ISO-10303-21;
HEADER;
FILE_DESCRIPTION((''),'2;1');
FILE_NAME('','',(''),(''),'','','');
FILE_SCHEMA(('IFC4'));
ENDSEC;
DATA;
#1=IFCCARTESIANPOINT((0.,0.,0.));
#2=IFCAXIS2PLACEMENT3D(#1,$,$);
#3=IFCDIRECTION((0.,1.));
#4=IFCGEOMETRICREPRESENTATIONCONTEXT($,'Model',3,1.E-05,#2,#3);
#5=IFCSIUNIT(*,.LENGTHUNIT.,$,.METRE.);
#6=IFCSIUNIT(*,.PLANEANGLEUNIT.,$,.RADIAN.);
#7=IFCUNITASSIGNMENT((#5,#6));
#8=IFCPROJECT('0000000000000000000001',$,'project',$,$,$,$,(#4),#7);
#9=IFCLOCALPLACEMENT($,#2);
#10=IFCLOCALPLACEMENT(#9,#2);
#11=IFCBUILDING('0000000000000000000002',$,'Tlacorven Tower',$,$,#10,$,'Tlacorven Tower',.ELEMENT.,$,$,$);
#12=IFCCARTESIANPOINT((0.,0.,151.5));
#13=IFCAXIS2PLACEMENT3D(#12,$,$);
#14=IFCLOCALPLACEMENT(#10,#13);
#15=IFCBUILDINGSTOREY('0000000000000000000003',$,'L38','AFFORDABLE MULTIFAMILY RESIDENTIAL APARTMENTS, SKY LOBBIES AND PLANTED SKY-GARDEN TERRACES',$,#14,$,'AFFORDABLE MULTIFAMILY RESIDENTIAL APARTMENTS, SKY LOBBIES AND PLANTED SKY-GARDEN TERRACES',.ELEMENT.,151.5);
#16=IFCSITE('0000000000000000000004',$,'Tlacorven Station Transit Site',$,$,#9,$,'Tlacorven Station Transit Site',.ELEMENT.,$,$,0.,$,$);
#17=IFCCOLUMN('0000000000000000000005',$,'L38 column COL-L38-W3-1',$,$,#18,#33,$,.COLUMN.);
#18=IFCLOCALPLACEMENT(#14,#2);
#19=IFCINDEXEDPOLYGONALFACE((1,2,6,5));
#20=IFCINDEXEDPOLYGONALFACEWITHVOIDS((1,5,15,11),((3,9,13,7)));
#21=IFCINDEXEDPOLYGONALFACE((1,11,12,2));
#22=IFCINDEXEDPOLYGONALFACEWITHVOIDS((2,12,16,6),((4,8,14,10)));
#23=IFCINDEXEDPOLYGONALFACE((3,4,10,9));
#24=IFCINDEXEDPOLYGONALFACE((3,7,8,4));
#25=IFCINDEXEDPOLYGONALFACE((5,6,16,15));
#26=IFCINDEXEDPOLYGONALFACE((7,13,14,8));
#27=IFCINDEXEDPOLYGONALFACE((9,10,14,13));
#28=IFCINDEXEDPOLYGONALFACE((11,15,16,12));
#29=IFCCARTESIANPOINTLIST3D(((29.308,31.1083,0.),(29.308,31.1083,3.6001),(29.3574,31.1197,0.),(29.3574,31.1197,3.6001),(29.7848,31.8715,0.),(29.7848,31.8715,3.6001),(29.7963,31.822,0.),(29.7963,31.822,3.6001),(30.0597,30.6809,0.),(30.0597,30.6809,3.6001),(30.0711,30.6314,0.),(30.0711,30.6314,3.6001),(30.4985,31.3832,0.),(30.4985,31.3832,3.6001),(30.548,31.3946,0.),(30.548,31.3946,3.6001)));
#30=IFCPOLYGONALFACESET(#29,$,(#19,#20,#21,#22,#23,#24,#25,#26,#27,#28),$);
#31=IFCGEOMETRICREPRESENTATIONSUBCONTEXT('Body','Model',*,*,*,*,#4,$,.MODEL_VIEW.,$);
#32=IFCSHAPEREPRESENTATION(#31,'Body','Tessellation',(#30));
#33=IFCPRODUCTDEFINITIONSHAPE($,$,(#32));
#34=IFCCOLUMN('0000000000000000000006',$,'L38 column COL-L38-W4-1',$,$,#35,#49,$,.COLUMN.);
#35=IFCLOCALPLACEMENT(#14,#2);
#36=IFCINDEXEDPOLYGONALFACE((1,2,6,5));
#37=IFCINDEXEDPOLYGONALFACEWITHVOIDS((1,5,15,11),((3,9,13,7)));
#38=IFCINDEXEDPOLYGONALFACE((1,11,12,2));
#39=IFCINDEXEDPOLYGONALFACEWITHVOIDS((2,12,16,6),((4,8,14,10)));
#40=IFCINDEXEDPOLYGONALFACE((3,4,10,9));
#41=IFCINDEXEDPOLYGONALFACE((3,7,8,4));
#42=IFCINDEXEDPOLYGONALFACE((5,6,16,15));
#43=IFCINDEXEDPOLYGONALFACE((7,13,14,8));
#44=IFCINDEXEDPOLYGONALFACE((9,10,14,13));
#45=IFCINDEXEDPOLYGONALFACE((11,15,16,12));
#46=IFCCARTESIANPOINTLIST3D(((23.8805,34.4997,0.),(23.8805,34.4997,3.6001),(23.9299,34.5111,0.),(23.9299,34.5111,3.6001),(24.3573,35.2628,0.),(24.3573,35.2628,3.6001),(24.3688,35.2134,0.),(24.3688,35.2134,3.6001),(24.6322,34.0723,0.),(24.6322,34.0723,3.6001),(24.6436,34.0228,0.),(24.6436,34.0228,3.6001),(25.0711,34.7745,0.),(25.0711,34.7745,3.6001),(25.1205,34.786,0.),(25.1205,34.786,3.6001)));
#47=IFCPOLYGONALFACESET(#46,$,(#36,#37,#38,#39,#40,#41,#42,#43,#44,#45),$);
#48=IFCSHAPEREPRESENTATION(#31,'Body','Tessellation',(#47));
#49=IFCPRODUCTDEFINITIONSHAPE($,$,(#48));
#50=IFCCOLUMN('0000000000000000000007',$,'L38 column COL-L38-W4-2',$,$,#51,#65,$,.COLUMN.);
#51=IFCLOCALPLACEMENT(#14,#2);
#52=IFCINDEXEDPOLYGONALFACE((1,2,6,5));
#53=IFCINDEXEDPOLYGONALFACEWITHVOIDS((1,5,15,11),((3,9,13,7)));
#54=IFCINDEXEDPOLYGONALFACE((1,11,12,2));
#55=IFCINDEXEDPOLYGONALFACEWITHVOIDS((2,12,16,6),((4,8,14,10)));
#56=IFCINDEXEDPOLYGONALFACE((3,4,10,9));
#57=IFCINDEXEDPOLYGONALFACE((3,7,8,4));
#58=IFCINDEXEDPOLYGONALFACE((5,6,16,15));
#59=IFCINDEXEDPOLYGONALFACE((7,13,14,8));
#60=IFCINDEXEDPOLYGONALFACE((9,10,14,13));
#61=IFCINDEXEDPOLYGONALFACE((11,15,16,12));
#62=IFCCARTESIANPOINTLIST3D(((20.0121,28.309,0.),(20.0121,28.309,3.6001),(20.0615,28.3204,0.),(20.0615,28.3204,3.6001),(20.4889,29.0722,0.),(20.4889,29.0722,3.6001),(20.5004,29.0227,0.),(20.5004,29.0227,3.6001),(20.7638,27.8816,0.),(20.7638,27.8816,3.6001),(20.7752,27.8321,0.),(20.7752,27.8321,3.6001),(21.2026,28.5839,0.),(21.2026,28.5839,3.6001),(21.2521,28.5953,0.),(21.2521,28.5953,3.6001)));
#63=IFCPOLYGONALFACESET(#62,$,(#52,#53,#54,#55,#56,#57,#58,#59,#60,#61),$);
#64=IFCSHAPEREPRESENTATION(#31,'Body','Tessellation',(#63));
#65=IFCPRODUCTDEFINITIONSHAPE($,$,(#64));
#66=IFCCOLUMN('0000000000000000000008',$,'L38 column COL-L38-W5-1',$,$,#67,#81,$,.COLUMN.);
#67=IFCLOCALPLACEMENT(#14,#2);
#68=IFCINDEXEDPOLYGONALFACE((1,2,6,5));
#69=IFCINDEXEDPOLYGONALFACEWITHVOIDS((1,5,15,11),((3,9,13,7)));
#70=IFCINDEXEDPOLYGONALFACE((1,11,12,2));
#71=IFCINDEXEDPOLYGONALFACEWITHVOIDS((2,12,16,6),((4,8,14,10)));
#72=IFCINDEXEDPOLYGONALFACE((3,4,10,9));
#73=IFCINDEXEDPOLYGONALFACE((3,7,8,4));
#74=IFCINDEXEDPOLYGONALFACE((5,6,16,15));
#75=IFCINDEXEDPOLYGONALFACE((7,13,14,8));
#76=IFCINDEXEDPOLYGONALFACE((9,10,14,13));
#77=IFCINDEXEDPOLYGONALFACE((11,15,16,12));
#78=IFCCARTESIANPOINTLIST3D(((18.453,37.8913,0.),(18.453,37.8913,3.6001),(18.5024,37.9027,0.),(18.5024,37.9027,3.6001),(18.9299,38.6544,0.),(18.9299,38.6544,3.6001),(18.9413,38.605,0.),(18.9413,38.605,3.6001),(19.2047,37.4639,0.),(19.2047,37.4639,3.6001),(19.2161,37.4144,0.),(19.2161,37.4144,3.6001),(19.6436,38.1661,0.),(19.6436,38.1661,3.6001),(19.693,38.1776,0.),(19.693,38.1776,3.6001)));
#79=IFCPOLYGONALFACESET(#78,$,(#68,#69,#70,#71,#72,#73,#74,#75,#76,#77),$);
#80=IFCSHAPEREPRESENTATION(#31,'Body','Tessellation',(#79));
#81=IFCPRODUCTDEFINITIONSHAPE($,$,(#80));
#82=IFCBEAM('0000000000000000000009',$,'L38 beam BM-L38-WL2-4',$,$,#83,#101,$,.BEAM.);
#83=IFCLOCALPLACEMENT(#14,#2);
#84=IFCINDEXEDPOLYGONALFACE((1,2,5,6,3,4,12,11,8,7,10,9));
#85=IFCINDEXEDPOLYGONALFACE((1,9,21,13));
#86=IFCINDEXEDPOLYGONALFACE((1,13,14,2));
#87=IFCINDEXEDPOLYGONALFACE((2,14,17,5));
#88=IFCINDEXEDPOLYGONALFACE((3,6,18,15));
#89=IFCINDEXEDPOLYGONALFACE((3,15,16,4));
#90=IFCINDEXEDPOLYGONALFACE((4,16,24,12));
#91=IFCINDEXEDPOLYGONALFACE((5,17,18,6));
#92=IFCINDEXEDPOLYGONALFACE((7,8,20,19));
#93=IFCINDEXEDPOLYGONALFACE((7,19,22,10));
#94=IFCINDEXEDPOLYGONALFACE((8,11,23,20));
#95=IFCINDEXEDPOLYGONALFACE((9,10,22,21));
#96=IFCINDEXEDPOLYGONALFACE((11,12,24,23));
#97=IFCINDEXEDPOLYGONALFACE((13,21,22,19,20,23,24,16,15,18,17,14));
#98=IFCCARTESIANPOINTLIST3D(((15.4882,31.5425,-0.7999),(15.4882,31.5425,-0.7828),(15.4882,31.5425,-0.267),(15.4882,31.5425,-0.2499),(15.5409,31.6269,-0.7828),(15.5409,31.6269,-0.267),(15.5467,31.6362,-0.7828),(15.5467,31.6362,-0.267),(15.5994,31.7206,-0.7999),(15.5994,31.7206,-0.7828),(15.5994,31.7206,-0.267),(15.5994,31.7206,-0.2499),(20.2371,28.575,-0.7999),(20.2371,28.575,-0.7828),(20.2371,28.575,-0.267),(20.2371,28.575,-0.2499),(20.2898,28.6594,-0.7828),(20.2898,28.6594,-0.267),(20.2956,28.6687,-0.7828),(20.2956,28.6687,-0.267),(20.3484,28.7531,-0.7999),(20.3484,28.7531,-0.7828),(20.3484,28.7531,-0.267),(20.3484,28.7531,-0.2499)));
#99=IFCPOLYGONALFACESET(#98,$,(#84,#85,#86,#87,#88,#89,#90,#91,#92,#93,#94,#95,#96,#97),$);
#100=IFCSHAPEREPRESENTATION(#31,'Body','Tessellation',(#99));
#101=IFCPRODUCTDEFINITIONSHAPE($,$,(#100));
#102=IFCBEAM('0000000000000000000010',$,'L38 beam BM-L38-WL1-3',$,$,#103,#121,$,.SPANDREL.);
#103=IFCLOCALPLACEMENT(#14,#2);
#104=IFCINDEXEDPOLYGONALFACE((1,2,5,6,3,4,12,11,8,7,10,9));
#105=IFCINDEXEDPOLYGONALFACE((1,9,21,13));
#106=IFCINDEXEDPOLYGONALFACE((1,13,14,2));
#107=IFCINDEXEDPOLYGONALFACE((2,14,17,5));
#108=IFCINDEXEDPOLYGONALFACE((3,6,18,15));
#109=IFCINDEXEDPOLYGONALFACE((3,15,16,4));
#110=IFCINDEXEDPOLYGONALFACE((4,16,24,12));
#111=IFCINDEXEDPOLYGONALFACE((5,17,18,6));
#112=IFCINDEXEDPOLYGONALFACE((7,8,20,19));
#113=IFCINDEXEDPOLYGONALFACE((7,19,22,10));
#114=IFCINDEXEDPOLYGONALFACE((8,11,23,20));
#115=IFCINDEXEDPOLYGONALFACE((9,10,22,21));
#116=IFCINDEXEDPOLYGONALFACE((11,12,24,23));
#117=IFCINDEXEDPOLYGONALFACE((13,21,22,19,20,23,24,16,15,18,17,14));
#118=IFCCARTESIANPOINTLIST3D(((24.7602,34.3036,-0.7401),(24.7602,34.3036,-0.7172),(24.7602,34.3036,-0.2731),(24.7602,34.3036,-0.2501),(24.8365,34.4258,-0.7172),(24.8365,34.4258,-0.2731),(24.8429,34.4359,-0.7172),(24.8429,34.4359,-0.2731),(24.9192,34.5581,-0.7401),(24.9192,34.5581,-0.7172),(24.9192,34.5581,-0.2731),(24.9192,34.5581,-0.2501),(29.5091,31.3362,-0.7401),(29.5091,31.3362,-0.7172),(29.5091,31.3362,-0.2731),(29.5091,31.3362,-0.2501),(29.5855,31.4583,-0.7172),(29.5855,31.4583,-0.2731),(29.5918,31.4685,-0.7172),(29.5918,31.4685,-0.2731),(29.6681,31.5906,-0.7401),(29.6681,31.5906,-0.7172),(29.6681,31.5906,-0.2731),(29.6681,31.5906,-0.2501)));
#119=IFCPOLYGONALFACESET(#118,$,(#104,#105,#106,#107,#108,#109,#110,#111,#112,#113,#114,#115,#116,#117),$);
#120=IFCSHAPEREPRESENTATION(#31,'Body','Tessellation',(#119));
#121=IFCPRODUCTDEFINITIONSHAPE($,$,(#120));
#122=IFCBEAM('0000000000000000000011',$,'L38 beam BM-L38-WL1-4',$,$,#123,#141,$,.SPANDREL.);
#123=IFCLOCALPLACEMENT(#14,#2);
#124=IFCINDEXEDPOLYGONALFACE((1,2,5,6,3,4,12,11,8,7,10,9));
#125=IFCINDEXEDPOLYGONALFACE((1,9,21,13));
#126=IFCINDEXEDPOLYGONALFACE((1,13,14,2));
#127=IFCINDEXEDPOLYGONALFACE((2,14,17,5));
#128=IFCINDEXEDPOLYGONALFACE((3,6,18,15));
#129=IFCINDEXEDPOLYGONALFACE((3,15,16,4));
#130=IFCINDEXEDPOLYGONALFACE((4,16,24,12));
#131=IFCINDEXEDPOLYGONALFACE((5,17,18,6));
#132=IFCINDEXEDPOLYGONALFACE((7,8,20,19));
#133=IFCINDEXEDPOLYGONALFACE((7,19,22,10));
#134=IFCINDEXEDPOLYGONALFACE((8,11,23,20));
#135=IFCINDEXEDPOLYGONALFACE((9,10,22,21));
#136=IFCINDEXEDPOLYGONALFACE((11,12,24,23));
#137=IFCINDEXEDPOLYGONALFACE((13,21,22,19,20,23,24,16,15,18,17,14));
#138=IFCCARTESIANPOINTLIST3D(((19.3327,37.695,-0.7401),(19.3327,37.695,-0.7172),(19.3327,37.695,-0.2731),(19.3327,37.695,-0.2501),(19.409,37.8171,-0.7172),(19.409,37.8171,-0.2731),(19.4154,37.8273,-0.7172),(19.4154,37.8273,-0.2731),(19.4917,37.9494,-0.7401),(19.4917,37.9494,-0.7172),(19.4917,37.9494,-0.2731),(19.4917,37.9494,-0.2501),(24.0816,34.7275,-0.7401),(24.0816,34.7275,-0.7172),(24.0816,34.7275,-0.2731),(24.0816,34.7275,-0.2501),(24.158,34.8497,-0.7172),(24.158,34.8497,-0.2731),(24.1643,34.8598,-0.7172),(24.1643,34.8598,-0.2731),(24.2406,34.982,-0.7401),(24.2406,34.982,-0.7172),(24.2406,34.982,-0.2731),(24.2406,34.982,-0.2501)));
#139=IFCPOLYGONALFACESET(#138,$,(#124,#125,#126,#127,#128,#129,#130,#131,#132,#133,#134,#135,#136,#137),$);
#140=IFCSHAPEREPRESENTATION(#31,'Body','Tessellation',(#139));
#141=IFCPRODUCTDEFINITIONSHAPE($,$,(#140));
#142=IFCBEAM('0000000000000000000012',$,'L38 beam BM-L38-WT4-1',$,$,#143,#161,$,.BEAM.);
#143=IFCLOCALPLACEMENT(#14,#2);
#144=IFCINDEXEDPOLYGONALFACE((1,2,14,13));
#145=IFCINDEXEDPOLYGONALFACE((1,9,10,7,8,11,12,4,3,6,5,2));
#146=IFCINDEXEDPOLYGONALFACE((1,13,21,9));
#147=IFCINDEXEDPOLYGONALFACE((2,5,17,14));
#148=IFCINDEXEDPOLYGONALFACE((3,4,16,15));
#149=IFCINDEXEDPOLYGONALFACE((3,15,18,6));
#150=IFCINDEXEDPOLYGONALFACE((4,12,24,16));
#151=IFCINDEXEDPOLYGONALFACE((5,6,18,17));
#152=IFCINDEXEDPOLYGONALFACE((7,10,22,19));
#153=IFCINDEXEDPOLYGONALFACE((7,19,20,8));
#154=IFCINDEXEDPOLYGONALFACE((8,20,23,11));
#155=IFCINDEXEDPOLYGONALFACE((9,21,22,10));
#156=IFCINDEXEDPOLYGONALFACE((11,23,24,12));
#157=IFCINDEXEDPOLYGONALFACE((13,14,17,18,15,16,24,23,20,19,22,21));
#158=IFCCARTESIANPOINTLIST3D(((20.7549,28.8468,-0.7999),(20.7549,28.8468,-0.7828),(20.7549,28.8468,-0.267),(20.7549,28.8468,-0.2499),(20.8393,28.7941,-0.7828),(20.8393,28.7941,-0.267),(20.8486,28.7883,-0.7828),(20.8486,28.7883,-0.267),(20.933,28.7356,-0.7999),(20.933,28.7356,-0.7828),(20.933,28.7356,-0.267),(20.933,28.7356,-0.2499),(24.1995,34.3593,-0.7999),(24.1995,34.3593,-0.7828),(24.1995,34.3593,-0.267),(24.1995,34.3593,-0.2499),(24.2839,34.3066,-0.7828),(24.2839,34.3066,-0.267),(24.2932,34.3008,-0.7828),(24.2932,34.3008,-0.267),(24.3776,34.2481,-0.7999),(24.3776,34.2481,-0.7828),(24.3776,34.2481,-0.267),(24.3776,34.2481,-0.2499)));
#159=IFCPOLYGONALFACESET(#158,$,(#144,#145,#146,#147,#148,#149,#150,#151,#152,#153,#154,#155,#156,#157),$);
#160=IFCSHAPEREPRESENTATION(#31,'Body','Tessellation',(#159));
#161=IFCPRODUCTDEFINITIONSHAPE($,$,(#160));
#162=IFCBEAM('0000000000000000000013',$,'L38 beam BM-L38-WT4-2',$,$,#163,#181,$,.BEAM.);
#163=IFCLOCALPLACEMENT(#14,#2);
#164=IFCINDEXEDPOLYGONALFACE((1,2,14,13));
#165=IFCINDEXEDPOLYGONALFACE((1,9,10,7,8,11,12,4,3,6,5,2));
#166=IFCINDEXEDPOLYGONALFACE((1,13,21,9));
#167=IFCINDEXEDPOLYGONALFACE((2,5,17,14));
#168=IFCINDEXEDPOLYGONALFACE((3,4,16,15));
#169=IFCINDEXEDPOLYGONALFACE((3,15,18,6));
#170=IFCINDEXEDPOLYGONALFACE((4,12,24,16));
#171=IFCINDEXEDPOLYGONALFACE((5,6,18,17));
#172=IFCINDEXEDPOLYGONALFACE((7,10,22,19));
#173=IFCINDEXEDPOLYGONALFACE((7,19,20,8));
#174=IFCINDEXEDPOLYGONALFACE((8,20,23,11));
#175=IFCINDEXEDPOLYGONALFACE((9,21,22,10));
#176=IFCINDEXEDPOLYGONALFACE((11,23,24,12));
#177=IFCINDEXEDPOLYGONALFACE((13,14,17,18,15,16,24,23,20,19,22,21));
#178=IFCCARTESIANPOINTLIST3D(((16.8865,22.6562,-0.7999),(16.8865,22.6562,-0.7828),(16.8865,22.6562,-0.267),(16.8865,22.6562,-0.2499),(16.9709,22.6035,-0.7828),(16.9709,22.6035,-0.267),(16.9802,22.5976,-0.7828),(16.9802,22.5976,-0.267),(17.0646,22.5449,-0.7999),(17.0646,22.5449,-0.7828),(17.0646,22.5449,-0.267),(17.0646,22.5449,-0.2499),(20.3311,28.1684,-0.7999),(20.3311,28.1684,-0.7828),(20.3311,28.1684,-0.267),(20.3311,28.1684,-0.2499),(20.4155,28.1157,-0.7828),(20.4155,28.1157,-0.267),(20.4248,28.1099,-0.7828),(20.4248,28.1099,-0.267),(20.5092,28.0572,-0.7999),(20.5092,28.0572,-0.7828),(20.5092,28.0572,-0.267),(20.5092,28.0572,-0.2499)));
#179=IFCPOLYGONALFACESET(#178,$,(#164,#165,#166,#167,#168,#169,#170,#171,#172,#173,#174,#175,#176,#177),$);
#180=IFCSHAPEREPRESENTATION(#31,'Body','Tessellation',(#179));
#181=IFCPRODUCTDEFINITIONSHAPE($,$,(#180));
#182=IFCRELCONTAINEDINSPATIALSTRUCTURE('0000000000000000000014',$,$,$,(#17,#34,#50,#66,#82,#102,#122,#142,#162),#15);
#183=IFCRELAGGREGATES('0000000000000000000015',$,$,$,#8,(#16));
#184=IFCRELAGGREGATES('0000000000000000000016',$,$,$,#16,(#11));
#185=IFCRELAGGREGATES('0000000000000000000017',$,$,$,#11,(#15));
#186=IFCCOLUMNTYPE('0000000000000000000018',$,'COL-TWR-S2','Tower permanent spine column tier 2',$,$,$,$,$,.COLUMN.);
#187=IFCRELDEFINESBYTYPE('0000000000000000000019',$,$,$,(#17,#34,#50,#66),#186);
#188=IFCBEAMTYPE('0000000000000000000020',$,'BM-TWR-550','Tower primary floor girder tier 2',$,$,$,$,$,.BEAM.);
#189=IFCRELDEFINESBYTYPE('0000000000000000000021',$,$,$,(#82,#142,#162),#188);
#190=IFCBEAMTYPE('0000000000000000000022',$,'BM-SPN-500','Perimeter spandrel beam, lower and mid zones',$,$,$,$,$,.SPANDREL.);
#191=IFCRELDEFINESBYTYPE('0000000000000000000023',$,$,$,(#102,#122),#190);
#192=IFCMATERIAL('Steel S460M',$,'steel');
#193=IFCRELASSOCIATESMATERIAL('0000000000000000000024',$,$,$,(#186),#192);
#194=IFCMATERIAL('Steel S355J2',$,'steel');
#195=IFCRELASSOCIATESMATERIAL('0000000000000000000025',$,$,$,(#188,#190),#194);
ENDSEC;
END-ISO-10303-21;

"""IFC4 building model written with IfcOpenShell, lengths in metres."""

from ifc_helpers import new_model, si_unit, direction, frame, origin, origin_2d, place, context, subcontext, project, spatial, hollow_rectangle, i_section, extrude, source, transform, mapped, material, material_profile, profile_set, type_object, element, save


model = new_model("IFC4")

# Units and contexts
model_context = context("Model", 3, precision=1e-05, world=origin(), true_north=direction((0.0, 1.0)))
body_context = subcontext(model_context, "Body", "Model", "MODEL_VIEW")
ifc_project = project(units=[si_unit("LENGTHUNIT", "METRE"), si_unit("PLANEANGLEUNIT", "RADIAN")], contexts=[model_context])

# Site, building, storey
site_placement = place(None, origin())
site = spatial("IfcSite", under=ifc_project, at=site_placement, Name="Tlacorven Station Transit Site", LongName="Tlacorven Station Transit Site", CompositionType="ELEMENT", RefElevation=0.0)
building_placement = place(site_placement, origin())
building = spatial("IfcBuilding", under=site, at=building_placement, Name="Tlacorven Tower", LongName="Tlacorven Tower", CompositionType="ELEMENT")
storey_placement = place(building_placement, frame((0.0, 0.0, 151.5)))
storey = spatial("IfcBuildingStorey", under=building, at=storey_placement, Name="L38", Description="AFFORDABLE MULTIFAMILY RESIDENTIAL APARTMENTS, SKY LOBBIES AND PLANTED SKY-GARDEN TERRACES", LongName="AFFORDABLE MULTIFAMILY RESIDENTIAL APARTMENTS, SKY LOBBIES AND PLANTED SKY-GARDEN TERRACES", CompositionType="ELEMENT", Elevation=151.5)

# Columns
ifc_material_1 = material(Name="Steel S460M", Category="steel")
ifc_material_profile_1 = material_profile(ifc_material_1, hollow_rectangle(XDim=0.8999, YDim=0.8999, WallThickness=0.0359, at=origin_2d()), Name="BOX 900X900X36")
ifc_profile_set_1 = profile_set([ifc_material_profile_1], Name="Steel S460M")
column_type = type_object("IfcColumnType", Name="COL-TWR-S2", Description="Tower permanent spine column tier 2", PredefinedType="COLUMN", material=ifc_profile_set_1)
shared_shape_1 = source(origin(), body_context, "Body", "SweptSolid", [
    extrude(hollow_rectangle(XDim=0.8999, YDim=0.8999, WallThickness=0.0359, at=origin_2d()), origin(), (0.0, 0.0, 1.0), 3.6001),
])
for number, where, z_axis, x_axis, name in (
    (1, (29.928, 31.2515, 0.0), (0.0, 0.0, 1.0), (-0.848048, 0.529919, 0.0), "L38 column COL-L38-W3-1"),
    (2, (24.5005, 34.6428, 0.0), (0.0, 0.0, 1.0), (-0.848048, 0.529919, 0.0), "L38 column COL-L38-W4-1"),
    (3, (20.6321, 28.4521, 0.0), (0.0, 0.0, 1.0), (-0.848048, 0.529919, 0.0), "L38 column COL-L38-W4-2"),
    (4, (19.073, 38.0344, 0.0), (0.0, 0.0, 1.0), (-0.848048, 0.529919, 0.0), "L38 column COL-L38-W5-1"),
):
    element("IfcColumn", number, at=place(storey_placement, frame(where, z_axis=z_axis, x_axis=x_axis)), inside=storey, type_object=column_type, Name=name, PredefinedType="COLUMN", context=body_context, shape_type="MappedRepresentation", body=[
        mapped(shared_shape_1, transform((0.0, 0.0, 0.0), scale=1.0)),
    ])

# Beams
ifc_material_2 = material(Name="Steel S355J2", Category="steel")
ifc_material_profile_2 = material_profile(ifc_material_2, i_section(OverallWidth=0.21, OverallDepth=0.55, WebThickness=0.011, FlangeThickness=0.0171, at=origin_2d()), Name="IPE 550")
ifc_profile_set_2 = profile_set([ifc_material_profile_2], Name="Steel S355J2")
beam_type_1 = type_object("IfcBeamType", Name="BM-TWR-550", Description="Tower primary floor girder tier 2", PredefinedType="BEAM", material=ifc_profile_set_2)
shared_shape_2 = source(origin(), body_context, "Body", "SweptSolid", [
    extrude(i_section(OverallWidth=0.21, OverallDepth=0.55, WebThickness=0.011, FlangeThickness=0.0171, at=origin_2d()), origin(), (0.0, 0.0, 1.0), 5.5999),
])
beam_1_placement = place(storey_placement, frame((20.2927, 28.6641, -0.5249), z_axis=(-0.848047, 0.529921, 0.0), x_axis=(-0.529921, -0.848047, 0.0)))
element("IfcBeam", 5, at=beam_1_placement, inside=storey, type_object=beam_type_1, Name="L38 beam BM-L38-WL2-4", PredefinedType="BEAM", context=body_context, shape_type="MappedRepresentation", body=[
    mapped(shared_shape_2, transform((0.0, 0.0, 0.0), scale=1.0)),
])
ifc_material_profile_3 = material_profile(ifc_material_2, i_section(OverallWidth=0.3, OverallDepth=0.49, WebThickness=0.012, FlangeThickness=0.0229, at=origin_2d()), Name="HEA 500")
ifc_profile_set_3 = profile_set([ifc_material_profile_3], Name="Steel S355J2")
beam_type_2 = type_object("IfcBeamType", Name="BM-SPN-500", Description="Perimeter spandrel beam, lower and mid zones", PredefinedType="SPANDREL", material=ifc_profile_set_3)
shared_shape_3 = source(origin(), body_context, "Body", "SweptSolid", [
    extrude(i_section(OverallWidth=0.3, OverallDepth=0.49, WebThickness=0.012, FlangeThickness=0.0229, at=origin_2d()), origin(), (0.0, 0.0, 1.0), 5.5999),
])
for number, where, z_axis, x_axis, name in (
    (6, (29.5886, 31.4634, -0.4951), (-0.848047, 0.529921, 0.0), (-0.529921, -0.848047, 0.0), "L38 beam BM-L38-WL1-3"),
    (7, (24.1611, 34.8547, -0.4951), (-0.848047, 0.529921, 0.0), (-0.529921, -0.848047, 0.0), "L38 beam BM-L38-WL1-4"),
):
    element("IfcBeam", number, at=place(storey_placement, frame(where, z_axis=z_axis, x_axis=x_axis)), inside=storey, type_object=beam_type_2, Name=name, PredefinedType="SPANDREL", context=body_context, shape_type="MappedRepresentation", body=[
        mapped(shared_shape_3, transform((0.0, 0.0, 0.0), scale=1.0)),
    ])
shared_shape_4 = source(origin(), body_context, "Body", "SweptSolid", [
    extrude(i_section(OverallWidth=0.21, OverallDepth=0.55, WebThickness=0.011, FlangeThickness=0.0171, at=origin_2d()), origin(), (0.0, 0.0, 1.0), 6.5002),
])
beam_2_placement = place(storey_placement, frame((24.2886, 34.3037, -0.5249), z_axis=(-0.529921, -0.848047, 0.0), x_axis=(0.848047, -0.529921, 0.0)))
element("IfcBeam", 8, at=beam_2_placement, inside=storey, type_object=beam_type_1, Name="L38 beam BM-L38-WT4-1", PredefinedType="BEAM", context=body_context, shape_type="MappedRepresentation", body=[
    mapped(shared_shape_4, transform((0.0, 0.0, 0.0), scale=1.0)),
])
shared_shape_5 = source(origin(), body_context, "Body", "SweptSolid", [
    extrude(i_section(OverallWidth=0.21, OverallDepth=0.55, WebThickness=0.011, FlangeThickness=0.0171, at=origin_2d()), origin(), (0.0, 0.0, 1.0), 6.5),
])
beam_3_placement = place(storey_placement, frame((20.4202, 28.1128, -0.5249), z_axis=(-0.529938, -0.848036, 0.0), x_axis=(0.848036, -0.529938, 0.0)))
element("IfcBeam", 9, at=beam_3_placement, inside=storey, type_object=beam_type_1, Name="L38 beam BM-L38-WT4-2", PredefinedType="BEAM", context=body_context, shape_type="MappedRepresentation", body=[
    mapped(shared_shape_5, transform((0.0, 0.0, 0.0), scale=1.0)),
])

save(model, "model.ifc")
